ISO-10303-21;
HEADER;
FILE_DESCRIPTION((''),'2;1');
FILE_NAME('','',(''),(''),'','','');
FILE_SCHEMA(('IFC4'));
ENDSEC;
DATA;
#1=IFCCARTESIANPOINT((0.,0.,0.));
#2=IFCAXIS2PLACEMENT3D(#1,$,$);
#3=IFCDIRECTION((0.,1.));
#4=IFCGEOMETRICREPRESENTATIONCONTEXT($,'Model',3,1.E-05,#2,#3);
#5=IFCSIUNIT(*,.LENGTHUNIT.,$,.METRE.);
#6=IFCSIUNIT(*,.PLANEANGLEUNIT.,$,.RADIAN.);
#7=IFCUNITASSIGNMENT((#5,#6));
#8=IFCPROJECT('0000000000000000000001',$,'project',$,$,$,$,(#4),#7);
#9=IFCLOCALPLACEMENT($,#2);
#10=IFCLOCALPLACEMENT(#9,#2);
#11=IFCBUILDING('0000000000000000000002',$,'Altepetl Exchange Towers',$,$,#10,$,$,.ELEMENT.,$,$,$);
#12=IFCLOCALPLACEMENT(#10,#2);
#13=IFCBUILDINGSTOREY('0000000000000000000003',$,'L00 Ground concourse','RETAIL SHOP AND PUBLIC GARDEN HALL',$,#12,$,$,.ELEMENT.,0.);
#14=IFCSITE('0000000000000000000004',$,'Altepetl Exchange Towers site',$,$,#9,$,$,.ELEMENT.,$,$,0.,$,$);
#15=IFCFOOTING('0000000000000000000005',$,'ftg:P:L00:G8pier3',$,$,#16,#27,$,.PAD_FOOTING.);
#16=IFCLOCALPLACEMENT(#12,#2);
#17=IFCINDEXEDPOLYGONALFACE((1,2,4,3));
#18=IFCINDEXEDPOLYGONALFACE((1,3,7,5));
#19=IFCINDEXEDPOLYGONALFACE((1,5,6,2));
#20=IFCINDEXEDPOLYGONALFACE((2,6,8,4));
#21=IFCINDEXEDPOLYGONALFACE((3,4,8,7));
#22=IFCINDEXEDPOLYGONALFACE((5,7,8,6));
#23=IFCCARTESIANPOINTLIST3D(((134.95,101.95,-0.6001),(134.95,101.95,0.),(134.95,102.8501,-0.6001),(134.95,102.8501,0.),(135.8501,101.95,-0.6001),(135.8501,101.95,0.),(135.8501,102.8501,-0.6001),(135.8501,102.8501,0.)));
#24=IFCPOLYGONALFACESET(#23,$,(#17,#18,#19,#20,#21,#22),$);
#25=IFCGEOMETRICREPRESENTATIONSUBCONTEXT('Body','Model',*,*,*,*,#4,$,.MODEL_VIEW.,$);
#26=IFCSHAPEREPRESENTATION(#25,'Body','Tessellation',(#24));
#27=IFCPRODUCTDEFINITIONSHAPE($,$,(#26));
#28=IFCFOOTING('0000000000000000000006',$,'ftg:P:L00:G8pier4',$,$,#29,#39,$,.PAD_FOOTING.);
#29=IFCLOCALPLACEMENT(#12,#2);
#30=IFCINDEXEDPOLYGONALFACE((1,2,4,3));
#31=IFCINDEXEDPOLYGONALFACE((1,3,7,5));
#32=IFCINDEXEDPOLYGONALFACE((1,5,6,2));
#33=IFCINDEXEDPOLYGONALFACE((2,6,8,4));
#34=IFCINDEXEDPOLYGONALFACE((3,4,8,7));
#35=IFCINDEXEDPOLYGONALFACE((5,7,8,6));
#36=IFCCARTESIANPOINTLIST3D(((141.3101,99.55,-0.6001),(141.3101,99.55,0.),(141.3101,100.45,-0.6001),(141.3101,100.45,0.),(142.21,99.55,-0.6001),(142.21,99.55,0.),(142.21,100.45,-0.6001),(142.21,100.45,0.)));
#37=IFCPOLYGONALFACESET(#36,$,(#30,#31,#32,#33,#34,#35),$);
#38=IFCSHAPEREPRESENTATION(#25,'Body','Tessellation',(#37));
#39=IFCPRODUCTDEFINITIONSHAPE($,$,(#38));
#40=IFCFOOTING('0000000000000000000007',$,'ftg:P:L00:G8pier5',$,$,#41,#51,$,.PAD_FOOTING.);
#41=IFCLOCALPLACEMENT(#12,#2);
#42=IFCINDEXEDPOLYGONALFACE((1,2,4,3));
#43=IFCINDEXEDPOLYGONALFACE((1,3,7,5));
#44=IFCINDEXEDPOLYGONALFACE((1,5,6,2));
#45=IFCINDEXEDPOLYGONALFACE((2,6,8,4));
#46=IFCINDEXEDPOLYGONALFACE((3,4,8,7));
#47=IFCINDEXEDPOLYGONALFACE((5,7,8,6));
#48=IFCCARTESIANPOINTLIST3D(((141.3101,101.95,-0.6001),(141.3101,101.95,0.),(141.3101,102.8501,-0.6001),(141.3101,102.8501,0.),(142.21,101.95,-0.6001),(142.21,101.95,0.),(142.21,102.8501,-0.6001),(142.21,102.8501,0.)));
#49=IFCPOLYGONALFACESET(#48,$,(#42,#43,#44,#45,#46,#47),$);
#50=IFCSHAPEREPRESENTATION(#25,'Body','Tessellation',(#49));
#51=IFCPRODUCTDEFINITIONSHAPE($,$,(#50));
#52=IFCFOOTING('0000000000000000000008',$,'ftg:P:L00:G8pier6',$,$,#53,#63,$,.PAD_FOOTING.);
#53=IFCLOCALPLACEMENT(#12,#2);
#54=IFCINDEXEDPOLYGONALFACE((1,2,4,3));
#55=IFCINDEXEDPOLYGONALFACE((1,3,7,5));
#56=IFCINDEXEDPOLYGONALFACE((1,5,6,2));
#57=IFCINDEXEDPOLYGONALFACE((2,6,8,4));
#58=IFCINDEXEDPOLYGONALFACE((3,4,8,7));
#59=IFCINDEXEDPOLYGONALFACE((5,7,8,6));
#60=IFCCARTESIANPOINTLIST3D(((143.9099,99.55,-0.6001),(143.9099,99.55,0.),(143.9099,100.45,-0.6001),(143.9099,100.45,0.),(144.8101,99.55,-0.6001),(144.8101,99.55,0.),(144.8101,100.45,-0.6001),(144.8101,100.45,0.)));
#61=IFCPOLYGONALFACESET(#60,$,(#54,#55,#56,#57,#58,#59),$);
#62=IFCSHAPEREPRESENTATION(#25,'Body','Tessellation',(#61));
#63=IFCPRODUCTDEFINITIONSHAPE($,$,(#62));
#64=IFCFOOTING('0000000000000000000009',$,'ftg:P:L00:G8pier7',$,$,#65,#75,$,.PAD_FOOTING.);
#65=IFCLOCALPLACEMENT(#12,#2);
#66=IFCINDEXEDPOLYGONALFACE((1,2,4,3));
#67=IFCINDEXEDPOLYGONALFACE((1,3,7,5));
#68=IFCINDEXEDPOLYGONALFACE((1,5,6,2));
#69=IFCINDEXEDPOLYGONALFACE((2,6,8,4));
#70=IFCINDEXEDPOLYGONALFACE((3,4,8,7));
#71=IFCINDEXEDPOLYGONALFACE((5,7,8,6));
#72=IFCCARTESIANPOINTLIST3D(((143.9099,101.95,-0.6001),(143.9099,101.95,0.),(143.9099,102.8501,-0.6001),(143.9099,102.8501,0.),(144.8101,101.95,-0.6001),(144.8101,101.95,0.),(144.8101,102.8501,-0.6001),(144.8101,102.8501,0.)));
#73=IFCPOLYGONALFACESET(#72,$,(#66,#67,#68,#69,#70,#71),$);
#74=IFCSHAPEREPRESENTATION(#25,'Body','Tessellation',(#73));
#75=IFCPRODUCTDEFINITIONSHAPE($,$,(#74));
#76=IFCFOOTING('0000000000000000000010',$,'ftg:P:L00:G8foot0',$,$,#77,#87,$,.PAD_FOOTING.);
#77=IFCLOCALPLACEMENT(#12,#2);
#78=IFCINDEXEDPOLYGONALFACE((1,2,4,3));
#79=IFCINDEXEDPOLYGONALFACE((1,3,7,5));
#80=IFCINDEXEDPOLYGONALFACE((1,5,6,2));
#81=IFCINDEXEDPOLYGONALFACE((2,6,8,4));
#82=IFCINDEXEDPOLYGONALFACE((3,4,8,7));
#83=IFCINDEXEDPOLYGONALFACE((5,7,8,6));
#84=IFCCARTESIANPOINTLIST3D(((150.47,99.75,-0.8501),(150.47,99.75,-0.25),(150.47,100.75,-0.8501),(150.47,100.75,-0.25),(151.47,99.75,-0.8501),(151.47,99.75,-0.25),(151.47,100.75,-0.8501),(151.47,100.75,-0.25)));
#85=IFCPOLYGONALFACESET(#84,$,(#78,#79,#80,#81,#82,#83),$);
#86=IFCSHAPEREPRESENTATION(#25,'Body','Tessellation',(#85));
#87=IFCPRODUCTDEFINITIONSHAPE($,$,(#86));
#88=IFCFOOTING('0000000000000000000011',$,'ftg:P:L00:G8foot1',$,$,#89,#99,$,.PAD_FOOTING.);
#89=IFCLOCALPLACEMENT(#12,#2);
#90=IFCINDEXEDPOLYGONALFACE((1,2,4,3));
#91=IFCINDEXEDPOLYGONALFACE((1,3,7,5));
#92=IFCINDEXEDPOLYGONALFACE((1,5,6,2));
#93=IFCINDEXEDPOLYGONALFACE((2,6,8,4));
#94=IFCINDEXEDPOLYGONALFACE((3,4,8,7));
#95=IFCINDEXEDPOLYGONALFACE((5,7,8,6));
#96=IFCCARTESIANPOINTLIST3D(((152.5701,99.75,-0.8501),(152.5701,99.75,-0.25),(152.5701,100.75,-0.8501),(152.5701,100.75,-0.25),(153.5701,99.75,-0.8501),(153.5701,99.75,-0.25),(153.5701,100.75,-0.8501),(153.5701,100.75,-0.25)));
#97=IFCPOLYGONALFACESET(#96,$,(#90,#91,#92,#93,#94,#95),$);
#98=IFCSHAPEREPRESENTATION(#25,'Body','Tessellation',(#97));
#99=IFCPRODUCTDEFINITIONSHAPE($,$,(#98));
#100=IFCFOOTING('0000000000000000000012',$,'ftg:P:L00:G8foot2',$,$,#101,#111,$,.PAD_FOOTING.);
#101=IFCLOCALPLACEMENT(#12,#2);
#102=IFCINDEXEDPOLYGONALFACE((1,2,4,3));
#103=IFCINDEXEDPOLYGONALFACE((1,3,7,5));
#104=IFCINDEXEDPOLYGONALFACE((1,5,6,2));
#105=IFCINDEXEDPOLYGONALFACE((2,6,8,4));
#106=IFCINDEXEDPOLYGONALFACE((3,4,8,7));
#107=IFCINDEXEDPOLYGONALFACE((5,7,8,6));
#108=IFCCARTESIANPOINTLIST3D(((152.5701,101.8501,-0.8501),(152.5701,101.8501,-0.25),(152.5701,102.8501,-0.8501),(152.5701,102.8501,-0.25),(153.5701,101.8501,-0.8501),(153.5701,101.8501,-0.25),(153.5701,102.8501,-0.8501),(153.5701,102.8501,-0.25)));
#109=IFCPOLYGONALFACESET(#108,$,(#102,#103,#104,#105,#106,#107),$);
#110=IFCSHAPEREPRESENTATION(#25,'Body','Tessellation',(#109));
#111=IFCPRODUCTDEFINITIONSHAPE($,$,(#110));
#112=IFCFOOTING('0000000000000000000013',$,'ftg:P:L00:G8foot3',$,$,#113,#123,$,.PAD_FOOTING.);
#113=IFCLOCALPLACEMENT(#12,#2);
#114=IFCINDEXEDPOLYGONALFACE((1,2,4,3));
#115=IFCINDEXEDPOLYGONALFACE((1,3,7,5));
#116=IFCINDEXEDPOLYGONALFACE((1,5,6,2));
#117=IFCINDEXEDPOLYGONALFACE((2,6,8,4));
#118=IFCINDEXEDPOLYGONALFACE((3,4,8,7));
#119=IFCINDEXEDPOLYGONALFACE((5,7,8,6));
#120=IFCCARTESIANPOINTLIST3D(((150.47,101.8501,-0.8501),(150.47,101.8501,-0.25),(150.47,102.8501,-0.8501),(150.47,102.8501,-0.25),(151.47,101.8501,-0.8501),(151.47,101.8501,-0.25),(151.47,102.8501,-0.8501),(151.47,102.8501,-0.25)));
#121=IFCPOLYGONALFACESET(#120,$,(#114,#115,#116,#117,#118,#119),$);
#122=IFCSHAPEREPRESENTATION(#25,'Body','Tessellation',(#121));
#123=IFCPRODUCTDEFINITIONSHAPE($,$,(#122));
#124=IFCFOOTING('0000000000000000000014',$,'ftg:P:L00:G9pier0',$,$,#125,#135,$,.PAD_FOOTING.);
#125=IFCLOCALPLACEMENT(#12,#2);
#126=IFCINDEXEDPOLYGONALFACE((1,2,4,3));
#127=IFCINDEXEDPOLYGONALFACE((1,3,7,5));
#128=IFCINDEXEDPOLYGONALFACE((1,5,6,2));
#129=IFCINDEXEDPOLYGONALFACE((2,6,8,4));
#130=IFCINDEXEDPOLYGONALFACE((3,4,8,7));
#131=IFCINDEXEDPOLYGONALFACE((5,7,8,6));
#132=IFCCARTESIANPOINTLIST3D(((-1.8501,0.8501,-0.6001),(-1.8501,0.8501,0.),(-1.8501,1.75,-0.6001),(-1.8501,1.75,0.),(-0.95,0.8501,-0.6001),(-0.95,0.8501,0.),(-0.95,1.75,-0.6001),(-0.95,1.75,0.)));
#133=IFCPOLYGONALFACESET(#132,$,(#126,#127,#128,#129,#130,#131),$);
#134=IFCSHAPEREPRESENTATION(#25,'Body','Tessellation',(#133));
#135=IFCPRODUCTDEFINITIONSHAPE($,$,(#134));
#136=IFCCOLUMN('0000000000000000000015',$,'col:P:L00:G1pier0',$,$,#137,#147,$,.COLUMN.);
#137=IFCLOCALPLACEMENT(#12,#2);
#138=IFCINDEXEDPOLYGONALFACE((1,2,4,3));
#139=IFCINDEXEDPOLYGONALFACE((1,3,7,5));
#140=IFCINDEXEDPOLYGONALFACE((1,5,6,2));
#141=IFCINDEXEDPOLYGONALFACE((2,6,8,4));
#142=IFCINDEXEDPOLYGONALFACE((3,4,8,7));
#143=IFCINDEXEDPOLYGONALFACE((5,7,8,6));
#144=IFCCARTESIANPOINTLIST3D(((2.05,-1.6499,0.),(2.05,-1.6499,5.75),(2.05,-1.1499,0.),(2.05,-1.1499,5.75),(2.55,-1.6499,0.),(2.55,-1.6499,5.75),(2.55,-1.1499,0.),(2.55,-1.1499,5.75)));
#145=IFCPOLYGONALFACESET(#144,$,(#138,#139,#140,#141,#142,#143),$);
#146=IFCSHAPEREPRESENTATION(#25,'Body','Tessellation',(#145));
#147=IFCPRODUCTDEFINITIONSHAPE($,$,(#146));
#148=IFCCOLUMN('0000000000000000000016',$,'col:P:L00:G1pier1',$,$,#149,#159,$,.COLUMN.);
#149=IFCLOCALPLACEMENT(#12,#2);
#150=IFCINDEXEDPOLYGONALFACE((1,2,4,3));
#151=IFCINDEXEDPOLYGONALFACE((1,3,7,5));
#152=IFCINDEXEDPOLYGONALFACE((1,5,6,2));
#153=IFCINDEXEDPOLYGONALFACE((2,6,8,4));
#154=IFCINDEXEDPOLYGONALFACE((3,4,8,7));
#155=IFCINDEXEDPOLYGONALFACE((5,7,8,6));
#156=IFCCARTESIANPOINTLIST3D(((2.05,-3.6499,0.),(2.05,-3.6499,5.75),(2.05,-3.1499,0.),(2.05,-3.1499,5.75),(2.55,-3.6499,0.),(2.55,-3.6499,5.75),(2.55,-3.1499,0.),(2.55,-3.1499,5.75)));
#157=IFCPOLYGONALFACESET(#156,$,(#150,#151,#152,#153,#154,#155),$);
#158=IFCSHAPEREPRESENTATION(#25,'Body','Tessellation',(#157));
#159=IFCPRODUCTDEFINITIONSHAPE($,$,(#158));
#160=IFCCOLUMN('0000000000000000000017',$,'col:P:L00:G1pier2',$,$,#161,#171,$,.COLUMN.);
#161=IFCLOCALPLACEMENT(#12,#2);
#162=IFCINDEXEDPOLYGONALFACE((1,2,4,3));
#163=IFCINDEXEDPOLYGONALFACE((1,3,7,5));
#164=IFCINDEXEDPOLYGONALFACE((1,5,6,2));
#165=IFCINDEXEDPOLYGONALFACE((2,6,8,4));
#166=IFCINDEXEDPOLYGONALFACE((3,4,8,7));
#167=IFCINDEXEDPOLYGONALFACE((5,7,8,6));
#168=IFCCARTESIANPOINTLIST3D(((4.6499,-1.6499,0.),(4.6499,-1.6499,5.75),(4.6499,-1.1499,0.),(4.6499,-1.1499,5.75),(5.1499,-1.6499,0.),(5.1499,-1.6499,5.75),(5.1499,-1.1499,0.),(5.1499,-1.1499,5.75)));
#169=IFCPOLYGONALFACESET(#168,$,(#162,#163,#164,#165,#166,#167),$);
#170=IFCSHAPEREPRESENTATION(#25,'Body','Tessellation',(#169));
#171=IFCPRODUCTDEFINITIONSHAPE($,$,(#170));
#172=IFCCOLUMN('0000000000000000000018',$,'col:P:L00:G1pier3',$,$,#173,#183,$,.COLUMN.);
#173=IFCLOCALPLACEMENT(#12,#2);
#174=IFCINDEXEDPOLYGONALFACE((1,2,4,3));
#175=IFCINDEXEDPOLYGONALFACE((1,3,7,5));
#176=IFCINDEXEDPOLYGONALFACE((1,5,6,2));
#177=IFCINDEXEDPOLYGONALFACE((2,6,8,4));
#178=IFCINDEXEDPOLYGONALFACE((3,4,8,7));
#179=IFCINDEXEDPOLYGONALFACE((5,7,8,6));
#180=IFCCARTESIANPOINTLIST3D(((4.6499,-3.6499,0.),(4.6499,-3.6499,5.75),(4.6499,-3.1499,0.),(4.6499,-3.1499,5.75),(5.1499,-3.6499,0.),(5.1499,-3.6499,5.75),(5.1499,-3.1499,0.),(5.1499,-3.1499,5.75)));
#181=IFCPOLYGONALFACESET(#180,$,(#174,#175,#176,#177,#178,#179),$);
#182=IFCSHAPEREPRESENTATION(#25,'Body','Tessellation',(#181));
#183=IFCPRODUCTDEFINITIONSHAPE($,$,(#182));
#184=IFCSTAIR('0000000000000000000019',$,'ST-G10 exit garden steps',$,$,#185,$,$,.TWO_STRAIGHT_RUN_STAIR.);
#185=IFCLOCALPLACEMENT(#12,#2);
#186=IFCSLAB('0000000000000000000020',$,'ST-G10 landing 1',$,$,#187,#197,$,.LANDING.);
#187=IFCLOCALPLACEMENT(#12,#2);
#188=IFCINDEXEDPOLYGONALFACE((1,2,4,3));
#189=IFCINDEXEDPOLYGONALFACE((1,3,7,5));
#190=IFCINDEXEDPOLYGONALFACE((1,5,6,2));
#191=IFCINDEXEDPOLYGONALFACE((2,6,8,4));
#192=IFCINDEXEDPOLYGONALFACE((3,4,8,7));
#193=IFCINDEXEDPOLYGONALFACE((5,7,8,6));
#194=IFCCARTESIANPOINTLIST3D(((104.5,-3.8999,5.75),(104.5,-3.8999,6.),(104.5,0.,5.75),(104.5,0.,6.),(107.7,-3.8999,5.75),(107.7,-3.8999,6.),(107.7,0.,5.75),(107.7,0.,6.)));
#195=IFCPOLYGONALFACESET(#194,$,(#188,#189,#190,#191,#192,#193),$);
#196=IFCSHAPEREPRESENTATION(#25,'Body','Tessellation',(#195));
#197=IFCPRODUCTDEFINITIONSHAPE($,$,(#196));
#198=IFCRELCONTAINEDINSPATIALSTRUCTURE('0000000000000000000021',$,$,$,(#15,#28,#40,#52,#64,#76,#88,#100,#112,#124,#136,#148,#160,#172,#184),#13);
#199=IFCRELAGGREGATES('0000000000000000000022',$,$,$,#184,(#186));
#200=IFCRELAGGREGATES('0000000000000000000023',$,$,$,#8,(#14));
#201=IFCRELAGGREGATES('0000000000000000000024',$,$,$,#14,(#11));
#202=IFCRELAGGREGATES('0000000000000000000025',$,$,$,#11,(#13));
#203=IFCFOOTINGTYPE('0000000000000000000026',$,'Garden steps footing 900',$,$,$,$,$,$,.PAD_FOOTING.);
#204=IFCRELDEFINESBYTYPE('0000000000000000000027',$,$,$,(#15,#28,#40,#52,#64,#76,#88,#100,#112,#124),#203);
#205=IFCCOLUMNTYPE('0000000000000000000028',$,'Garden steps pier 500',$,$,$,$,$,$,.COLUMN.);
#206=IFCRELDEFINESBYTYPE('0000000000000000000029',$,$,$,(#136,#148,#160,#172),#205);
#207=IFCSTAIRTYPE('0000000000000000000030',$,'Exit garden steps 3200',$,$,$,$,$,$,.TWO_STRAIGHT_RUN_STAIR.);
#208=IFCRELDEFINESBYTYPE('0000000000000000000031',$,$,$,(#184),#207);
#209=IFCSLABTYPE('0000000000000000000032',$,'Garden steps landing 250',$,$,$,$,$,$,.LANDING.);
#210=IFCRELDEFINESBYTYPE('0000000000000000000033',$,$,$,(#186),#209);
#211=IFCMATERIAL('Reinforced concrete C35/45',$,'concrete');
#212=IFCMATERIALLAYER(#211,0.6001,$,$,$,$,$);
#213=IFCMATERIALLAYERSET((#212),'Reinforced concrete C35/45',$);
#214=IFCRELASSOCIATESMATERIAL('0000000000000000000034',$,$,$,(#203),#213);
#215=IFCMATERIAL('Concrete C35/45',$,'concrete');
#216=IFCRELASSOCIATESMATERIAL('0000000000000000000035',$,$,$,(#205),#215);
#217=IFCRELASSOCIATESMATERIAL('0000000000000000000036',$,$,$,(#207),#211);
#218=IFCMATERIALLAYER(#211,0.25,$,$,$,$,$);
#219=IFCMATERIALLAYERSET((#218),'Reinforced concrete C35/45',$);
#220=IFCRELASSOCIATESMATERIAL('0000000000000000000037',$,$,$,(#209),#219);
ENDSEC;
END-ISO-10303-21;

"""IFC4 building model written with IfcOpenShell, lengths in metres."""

from ifc_helpers import new_model, si_unit, direction, frame, origin, origin_2d, place, context, subcontext, project, spatial, polyline, rectangle, outline, extrude, material, layer, layer_set, material_profile, profile_set, type_object, element, aggregate, save


model = new_model("IFC4")

# Units and contexts
model_context = context("Model", 3, precision=1e-05, world=origin(), true_north=direction((0.0, 1.0)))
body_context = subcontext(model_context, "Body", "Model", "MODEL_VIEW")
ifc_project = project(units=[si_unit("LENGTHUNIT", "METRE"), si_unit("PLANEANGLEUNIT", "RADIAN")], contexts=[model_context])

# Site, building, storey
site_placement = place(None, origin())
site = spatial("IfcSite", under=ifc_project, at=site_placement, Name="Altepetl Exchange Towers site", CompositionType="ELEMENT", RefElevation=0.0)
building_placement = place(site_placement, origin())
building = spatial("IfcBuilding", under=site, at=building_placement, Name="Altepetl Exchange Towers", CompositionType="ELEMENT")
storey_placement = place(building_placement, origin())
storey = spatial("IfcBuildingStorey", under=building, at=storey_placement, Name="L00 Ground concourse", Description="RETAIL SHOP AND PUBLIC GARDEN HALL", CompositionType="ELEMENT", Elevation=0.0)

# Footings
ifc_material_1 = material(Name="Reinforced concrete C35/45", Category="concrete")
ifc_layer_1 = layer(ifc_material_1, 0.6001)
ifc_layer_set_1 = layer_set([ifc_layer_1], Name="Reinforced concrete C35/45")
footing_type = type_object("IfcFootingType", Name="Garden steps footing 900", PredefinedType="PAD_FOOTING", material=ifc_layer_set_1)
footing_1_placement = place(storey_placement, frame((0.0, 0.0, -0.6001)))
element("IfcFooting", 1, at=footing_1_placement, inside=storey, type_object=footing_type, Name="ftg:P:L00:G8pier3", PredefinedType="PAD_FOOTING", context=body_context, shape_type="SweptSolid", body=[
    extrude(outline(polyline([(134.95, 101.95), (135.8501, 101.95), (135.8501, 102.8501), (134.95, 102.8501), (134.95, 101.95)])), origin(), (0.0, 0.0, 1.0), 0.6001),
])
footing_2_placement = place(storey_placement, frame((0.0, 0.0, -0.6001)))
element("IfcFooting", 2, at=footing_2_placement, inside=storey, type_object=footing_type, Name="ftg:P:L00:G8pier4", PredefinedType="PAD_FOOTING", context=body_context, shape_type="SweptSolid", body=[
    extrude(outline(polyline([(141.3101, 99.55), (142.21, 99.55), (142.21, 100.45), (141.3101, 100.45), (141.3101, 99.55)])), origin(), (0.0, 0.0, 1.0), 0.6001),
])
footing_3_placement = place(storey_placement, frame((0.0, 0.0, -0.6001)))
element("IfcFooting", 3, at=footing_3_placement, inside=storey, type_object=footing_type, Name="ftg:P:L00:G8pier5", PredefinedType="PAD_FOOTING", context=body_context, shape_type="SweptSolid", body=[
    extrude(outline(polyline([(141.3101, 101.95), (142.21, 101.95), (142.21, 102.8501), (141.3101, 102.8501), (141.3101, 101.95)])), origin(), (0.0, 0.0, 1.0), 0.6001),
])
footing_4_placement = place(storey_placement, frame((0.0, 0.0, -0.6001)))
element("IfcFooting", 4, at=footing_4_placement, inside=storey, type_object=footing_type, Name="ftg:P:L00:G8pier6", PredefinedType="PAD_FOOTING", context=body_context, shape_type="SweptSolid", body=[
    extrude(outline(polyline([(143.9099, 99.55), (144.8101, 99.55), (144.8101, 100.45), (143.9099, 100.45), (143.9099, 99.55)])), origin(), (0.0, 0.0, 1.0), 0.6001),
])
footing_5_placement = place(storey_placement, frame((0.0, 0.0, -0.6001)))
element("IfcFooting", 5, at=footing_5_placement, inside=storey, type_object=footing_type, Name="ftg:P:L00:G8pier7", PredefinedType="PAD_FOOTING", context=body_context, shape_type="SweptSolid", body=[
    extrude(outline(polyline([(143.9099, 101.95), (144.8101, 101.95), (144.8101, 102.8501), (143.9099, 102.8501), (143.9099, 101.95)])), origin(), (0.0, 0.0, 1.0), 0.6001),
])
footing_6_placement = place(storey_placement, frame((0.0, 0.0, -0.8501)))
element("IfcFooting", 6, at=footing_6_placement, inside=storey, type_object=footing_type, Name="ftg:P:L00:G8foot0", PredefinedType="PAD_FOOTING", context=body_context, shape_type="SweptSolid", body=[
    extrude(outline(polyline([(150.47, 99.75), (151.47, 99.75), (151.47, 100.75), (150.47, 100.75), (150.47, 99.75)])), origin(), (0.0, 0.0, 1.0), 0.6001),
])
footing_7_placement = place(storey_placement, frame((0.0, 0.0, -0.8501)))
element("IfcFooting", 7, at=footing_7_placement, inside=storey, type_object=footing_type, Name="ftg:P:L00:G8foot1", PredefinedType="PAD_FOOTING", context=body_context, shape_type="SweptSolid", body=[
    extrude(outline(polyline([(152.5701, 99.75), (153.5701, 99.75), (153.5701, 100.75), (152.5701, 100.75), (152.5701, 99.75)])), origin(), (0.0, 0.0, 1.0), 0.6001),
])
footing_8_placement = place(storey_placement, frame((0.0, 0.0, -0.8501)))
element("IfcFooting", 8, at=footing_8_placement, inside=storey, type_object=footing_type, Name="ftg:P:L00:G8foot2", PredefinedType="PAD_FOOTING", context=body_context, shape_type="SweptSolid", body=[
    extrude(outline(polyline([(152.5701, 101.8501), (153.5701, 101.8501), (153.5701, 102.8501), (152.5701, 102.8501), (152.5701, 101.8501)])), origin(), (0.0, 0.0, 1.0), 0.6001),
])
footing_9_placement = place(storey_placement, frame((0.0, 0.0, -0.8501)))
element("IfcFooting", 9, at=footing_9_placement, inside=storey, type_object=footing_type, Name="ftg:P:L00:G8foot3", PredefinedType="PAD_FOOTING", context=body_context, shape_type="SweptSolid", body=[
    extrude(outline(polyline([(150.47, 101.8501), (151.47, 101.8501), (151.47, 102.8501), (150.47, 102.8501), (150.47, 101.8501)])), origin(), (0.0, 0.0, 1.0), 0.6001),
])
footing_10_placement = place(storey_placement, frame((0.0, 0.0, -0.6001)))
element("IfcFooting", 10, at=footing_10_placement, inside=storey, type_object=footing_type, Name="ftg:P:L00:G9pier0", PredefinedType="PAD_FOOTING", context=body_context, shape_type="SweptSolid", body=[
    extrude(outline(polyline([(-1.8501, 0.8501), (-0.95, 0.8501), (-0.95, 1.75), (-1.8501, 1.75), (-1.8501, 0.8501)])), origin(), (0.0, 0.0, 1.0), 0.6001),
])

# Columns
ifc_material_2 = material(Name="Concrete C35/45", Category="concrete")
ifc_material_profile = material_profile(ifc_material_2, rectangle(XDim=0.5, YDim=0.5, at=origin_2d()), Name="500 x 500")
ifc_profile_set = profile_set([ifc_material_profile], Name="Concrete C35/45")
column_type = type_object("IfcColumnType", Name="Garden steps pier 500", PredefinedType="COLUMN", material=ifc_profile_set)
for number, where, name in (
    (11, (2.3, -1.3999, 0.0), "col:P:L00:G1pier0"),
    (12, (2.3, -3.3999, 0.0), "col:P:L00:G1pier1"),
    (13, (4.8999, -1.3999, 0.0), "col:P:L00:G1pier2"),
    (14, (4.8999, -3.3999, 0.0), "col:P:L00:G1pier3"),
):
    element("IfcColumn", number, at=place(storey_placement, frame(where)), inside=storey, type_object=column_type, Name=name, PredefinedType="COLUMN", context=body_context, shape_type="SweptSolid", body=[
        extrude(rectangle(XDim=0.5, YDim=0.5, at=origin_2d()), origin(), (0.0, 0.0, 1.0), 5.75),
    ])

# Stair, slab
stair_type = type_object("IfcStairType", Name="Exit garden steps 3200", PredefinedType="TWO_STRAIGHT_RUN_STAIR", material=ifc_material_1)
stair_1_placement = place(storey_placement, origin())
stair_1 = element("IfcStair", 15, at=stair_1_placement, inside=storey, type_object=stair_type, Name="ST-G10 exit garden steps", PredefinedType="TWO_STRAIGHT_RUN_STAIR")
ifc_layer_2 = layer(ifc_material_1, 0.25)
ifc_layer_set_2 = layer_set([ifc_layer_2], Name="Reinforced concrete C35/45")
slab_type = type_object("IfcSlabType", Name="Garden steps landing 250", PredefinedType="LANDING", material=ifc_layer_set_2)
slab_1_placement = place(storey_placement, frame((0.0, 0.0, 5.75)))
slab_1 = element("IfcSlab", 16, at=slab_1_placement, type_object=slab_type, Name="ST-G10 landing 1", PredefinedType="LANDING", context=body_context, shape_type="SweptSolid", body=[
    extrude(outline(polyline([(104.5, 0.0), (107.7, 0.0), (107.7, -3.8999), (104.5, -3.8999), (104.5, 0.0)])), origin(), (0.0, 0.0, 1.0), 0.25),
])
aggregate(stair_1, [slab_1])

save(model, "model.ifc")
